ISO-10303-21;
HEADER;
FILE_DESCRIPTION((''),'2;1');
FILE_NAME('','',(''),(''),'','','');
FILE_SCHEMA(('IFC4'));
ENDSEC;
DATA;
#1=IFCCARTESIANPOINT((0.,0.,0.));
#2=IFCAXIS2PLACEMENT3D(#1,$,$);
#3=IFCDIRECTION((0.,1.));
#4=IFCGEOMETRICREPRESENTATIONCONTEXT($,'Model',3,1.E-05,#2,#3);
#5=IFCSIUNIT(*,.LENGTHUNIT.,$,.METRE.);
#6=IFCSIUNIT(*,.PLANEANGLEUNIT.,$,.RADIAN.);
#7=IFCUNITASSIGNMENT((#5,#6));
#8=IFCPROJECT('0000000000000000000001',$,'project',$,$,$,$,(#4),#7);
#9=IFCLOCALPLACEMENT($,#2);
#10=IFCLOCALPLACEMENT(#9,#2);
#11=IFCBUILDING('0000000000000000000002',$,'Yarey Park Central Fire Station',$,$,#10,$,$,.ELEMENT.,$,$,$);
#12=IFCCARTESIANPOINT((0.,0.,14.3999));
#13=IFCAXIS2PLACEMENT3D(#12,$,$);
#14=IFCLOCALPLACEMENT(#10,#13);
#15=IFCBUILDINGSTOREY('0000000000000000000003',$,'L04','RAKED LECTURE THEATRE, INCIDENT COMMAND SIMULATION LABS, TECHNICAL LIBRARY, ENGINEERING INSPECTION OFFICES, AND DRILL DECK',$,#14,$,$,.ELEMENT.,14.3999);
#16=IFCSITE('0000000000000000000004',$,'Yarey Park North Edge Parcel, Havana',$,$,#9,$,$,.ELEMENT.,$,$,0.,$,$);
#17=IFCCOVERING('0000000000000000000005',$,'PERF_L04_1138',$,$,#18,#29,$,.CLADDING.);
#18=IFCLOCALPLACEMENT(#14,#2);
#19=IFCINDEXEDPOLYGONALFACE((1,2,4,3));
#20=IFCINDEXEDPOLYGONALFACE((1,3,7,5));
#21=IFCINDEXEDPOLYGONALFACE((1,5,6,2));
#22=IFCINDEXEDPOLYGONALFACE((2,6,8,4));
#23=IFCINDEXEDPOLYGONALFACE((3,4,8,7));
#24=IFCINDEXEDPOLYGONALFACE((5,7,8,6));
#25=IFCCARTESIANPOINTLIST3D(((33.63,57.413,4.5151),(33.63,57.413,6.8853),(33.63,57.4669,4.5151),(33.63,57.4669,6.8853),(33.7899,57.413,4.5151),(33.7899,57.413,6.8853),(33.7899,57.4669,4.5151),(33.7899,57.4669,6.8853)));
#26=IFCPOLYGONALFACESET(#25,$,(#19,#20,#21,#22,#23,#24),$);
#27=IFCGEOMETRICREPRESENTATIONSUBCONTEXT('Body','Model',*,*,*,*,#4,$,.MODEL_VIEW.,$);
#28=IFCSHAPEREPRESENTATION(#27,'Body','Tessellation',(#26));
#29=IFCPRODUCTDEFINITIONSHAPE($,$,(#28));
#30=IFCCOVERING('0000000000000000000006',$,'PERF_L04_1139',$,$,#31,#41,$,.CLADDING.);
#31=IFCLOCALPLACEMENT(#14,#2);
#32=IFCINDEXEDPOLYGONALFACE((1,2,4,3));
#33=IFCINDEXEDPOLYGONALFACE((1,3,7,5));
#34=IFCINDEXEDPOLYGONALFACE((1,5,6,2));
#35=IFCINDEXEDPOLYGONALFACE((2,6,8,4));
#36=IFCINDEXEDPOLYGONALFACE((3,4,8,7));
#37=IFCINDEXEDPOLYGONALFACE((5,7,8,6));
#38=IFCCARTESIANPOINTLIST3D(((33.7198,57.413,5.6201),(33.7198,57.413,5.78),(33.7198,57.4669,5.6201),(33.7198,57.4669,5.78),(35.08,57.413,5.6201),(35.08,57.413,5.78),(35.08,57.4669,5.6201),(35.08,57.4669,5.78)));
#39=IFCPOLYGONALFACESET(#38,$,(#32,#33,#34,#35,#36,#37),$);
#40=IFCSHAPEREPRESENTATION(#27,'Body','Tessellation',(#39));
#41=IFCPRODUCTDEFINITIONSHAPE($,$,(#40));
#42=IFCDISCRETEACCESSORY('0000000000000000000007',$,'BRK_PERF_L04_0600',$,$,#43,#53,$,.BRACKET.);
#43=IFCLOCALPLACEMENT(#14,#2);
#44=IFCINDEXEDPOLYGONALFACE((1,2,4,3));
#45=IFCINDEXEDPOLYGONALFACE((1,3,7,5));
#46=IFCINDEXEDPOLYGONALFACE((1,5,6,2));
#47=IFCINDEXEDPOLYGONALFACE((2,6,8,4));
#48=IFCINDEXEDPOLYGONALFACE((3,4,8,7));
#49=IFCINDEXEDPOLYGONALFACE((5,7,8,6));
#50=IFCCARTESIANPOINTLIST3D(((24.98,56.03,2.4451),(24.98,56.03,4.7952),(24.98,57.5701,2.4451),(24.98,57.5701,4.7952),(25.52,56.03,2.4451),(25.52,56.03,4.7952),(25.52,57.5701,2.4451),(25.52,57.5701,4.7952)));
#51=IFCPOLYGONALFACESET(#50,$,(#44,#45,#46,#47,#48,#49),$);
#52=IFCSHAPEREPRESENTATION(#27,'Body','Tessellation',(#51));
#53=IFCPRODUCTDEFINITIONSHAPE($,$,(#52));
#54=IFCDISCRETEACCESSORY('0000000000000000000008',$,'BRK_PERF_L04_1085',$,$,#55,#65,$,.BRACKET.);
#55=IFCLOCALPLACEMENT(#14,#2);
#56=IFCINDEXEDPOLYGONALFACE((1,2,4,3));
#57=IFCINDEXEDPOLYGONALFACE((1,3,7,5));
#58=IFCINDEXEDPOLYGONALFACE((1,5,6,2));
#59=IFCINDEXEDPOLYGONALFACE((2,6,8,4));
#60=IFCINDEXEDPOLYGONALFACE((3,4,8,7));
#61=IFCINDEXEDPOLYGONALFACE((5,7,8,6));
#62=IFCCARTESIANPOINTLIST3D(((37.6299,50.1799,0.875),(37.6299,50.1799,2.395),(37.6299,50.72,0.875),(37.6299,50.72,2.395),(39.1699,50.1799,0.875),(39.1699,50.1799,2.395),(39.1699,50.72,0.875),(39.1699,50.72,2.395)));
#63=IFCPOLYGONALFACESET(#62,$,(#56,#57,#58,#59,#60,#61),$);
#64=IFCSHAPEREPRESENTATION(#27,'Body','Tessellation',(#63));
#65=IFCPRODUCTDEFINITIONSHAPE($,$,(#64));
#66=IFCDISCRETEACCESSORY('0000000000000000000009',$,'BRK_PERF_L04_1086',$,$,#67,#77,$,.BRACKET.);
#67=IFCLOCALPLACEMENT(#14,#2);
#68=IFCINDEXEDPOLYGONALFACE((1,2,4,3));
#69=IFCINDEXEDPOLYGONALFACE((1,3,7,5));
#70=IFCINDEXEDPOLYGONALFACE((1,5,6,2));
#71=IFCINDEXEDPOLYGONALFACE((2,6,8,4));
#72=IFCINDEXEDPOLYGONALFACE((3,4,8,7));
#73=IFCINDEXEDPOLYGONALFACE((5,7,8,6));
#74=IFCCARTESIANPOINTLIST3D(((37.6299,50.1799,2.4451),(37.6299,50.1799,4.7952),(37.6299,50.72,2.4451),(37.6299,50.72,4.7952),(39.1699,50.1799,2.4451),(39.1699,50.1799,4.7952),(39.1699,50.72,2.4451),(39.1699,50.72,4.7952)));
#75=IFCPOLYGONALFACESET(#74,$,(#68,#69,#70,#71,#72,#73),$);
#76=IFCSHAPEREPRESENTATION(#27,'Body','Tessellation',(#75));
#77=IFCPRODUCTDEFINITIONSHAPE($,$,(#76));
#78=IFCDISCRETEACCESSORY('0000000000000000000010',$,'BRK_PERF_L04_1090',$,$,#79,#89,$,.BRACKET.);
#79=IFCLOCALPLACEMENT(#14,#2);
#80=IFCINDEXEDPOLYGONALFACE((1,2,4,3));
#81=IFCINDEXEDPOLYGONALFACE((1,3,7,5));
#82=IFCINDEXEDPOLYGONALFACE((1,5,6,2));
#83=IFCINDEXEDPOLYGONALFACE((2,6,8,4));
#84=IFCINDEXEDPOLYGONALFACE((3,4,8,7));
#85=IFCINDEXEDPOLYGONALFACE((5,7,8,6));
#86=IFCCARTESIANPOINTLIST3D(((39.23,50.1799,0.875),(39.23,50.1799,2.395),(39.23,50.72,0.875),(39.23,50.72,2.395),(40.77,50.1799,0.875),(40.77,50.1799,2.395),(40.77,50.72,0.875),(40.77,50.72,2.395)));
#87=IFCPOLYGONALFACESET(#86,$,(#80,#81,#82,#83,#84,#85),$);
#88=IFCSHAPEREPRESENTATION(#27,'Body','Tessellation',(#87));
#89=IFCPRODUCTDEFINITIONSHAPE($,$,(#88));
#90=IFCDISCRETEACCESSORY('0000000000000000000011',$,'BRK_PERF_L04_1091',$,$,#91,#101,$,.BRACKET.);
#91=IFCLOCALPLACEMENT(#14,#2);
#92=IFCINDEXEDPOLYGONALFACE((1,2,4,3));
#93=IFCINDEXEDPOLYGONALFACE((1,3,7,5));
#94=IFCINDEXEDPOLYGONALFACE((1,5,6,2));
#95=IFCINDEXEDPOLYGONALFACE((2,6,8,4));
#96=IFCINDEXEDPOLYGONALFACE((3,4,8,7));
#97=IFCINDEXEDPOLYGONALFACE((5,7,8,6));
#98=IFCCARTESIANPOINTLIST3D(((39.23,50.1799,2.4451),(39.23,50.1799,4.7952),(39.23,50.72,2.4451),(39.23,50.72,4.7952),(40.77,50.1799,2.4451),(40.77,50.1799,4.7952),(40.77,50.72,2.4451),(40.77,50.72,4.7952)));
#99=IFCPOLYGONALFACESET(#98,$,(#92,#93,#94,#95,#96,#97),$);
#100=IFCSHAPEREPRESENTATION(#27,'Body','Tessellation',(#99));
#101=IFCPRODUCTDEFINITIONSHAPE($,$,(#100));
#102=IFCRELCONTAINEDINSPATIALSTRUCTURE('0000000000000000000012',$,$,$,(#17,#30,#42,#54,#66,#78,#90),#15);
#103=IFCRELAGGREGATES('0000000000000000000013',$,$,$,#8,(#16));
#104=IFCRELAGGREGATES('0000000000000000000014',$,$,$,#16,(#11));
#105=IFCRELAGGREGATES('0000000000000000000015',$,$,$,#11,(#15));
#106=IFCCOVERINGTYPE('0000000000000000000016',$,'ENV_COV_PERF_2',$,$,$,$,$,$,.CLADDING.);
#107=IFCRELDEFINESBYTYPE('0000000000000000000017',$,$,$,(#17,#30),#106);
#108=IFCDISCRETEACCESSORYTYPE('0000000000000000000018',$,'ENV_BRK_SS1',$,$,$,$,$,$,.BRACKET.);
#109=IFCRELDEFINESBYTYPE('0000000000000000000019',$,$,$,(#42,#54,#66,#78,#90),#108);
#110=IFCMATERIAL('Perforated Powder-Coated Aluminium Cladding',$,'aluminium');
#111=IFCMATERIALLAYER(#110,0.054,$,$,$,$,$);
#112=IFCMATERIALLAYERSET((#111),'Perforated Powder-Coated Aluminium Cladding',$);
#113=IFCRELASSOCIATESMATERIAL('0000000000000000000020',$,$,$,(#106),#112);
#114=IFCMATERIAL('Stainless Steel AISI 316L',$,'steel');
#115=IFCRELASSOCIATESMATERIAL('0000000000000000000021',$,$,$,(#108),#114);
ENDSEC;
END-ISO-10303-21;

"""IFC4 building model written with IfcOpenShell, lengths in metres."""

from ifc_helpers import new_model, si_unit, direction, frame, origin, origin_2d, place, context, subcontext, project, spatial, rectangle, extrude, material, layer, layer_set, type_object, element, save


model = new_model("IFC4")

# Units and contexts
model_context = context("Model", 3, precision=1e-05, world=origin(), true_north=direction((0.0, 1.0)))
body_context = subcontext(model_context, "Body", "Model", "MODEL_VIEW")
ifc_project = project(units=[si_unit("LENGTHUNIT", "METRE"), si_unit("PLANEANGLEUNIT", "RADIAN")], contexts=[model_context])

# Site, building, storey
site_placement = place(None, origin())
site = spatial("IfcSite", under=ifc_project, at=site_placement, Name="Yarey Park North Edge Parcel, Havana", CompositionType="ELEMENT", RefElevation=0.0)
building_placement = place(site_placement, origin())
building = spatial("IfcBuilding", under=site, at=building_placement, Name="Yarey Park Central Fire Station", CompositionType="ELEMENT")
storey_placement = place(building_placement, frame((0.0, 0.0, 14.3999)))
storey = spatial("IfcBuildingStorey", under=building, at=storey_placement, Name="L04", Description="RAKED LECTURE THEATRE, INCIDENT COMMAND SIMULATION LABS, TECHNICAL LIBRARY, ENGINEERING INSPECTION OFFICES, AND DRILL DECK", CompositionType="ELEMENT", Elevation=14.3999)

# Coverings
ifc_material_1 = material(Name="Perforated Powder-Coated Aluminium Cladding", Category="aluminium")
ifc_layer_1 = layer(ifc_material_1, 0.054)
ifc_layer_set_1 = layer_set([ifc_layer_1], Name="Perforated Powder-Coated Aluminium Cladding")
covering_type_1 = type_object("IfcCoveringType", Name="ENV_COV_PERF_2", PredefinedType="CLADDING", material=ifc_layer_set_1)
covering_1_placement = place(storey_placement, frame((33.71, 57.4399, 4.5151), z_axis=(0.0, 0.0, 1.0), x_axis=(1.0, 0.0, 0.0)))
element("IfcCovering", 1, at=covering_1_placement, inside=storey, type_object=covering_type_1, Name="PERF_L04_1138", PredefinedType="CLADDING", context=body_context, shape_type="SweptSolid", body=[
    extrude(rectangle(XDim=0.1599, YDim=0.054, at=origin_2d()), origin(), (0.0, 0.0, 1.0), 2.3701),
])
covering_2_placement = place(storey_placement, frame((34.3999, 57.4399, 5.6201), z_axis=(0.0, 0.0, 1.0), x_axis=(1.0, 0.0, 0.0)))
element("IfcCovering", 2, at=covering_2_placement, inside=storey, type_object=covering_type_1, Name="PERF_L04_1139", PredefinedType="CLADDING", context=body_context, shape_type="SweptSolid", body=[
    extrude(rectangle(XDim=1.3601, YDim=0.054, at=origin_2d()), origin(), (0.0, 0.0, 1.0), 0.1599),
])

# Discrete accessories
ifc_material_2 = material(Name="Stainless Steel AISI 316L", Category="steel")
discrete_accessory_type = type_object("IfcDiscreteAccessoryType", Name="ENV_BRK_SS1", PredefinedType="BRACKET", material=ifc_material_2)
discrete_accessory_1_placement = place(storey_placement, frame((25.25, 56.8, 2.4451), z_axis=(0.0, 0.0, 1.0), x_axis=(1.0, 0.0, 0.0)))
element("IfcDiscreteAccessory", 3, at=discrete_accessory_1_placement, inside=storey, type_object=discrete_accessory_type, Name="BRK_PERF_L04_0600", PredefinedType="BRACKET", context=body_context, shape_type="SweptSolid", body=[
    extrude(rectangle(XDim=0.54, YDim=1.54, at=origin_2d()), origin(), (0.0, 0.0, 1.0), 2.3501),
])
discrete_accessory_2_placement = place(storey_placement, frame((38.3999, 50.45, 0.875), z_axis=(0.0, 0.0, 1.0), x_axis=(1.0, 0.0, 0.0)))
element("IfcDiscreteAccessory", 4, at=discrete_accessory_2_placement, inside=storey, type_object=discrete_accessory_type, Name="BRK_PERF_L04_1085", PredefinedType="BRACKET", context=body_context, shape_type="SweptSolid", body=[
    extrude(rectangle(XDim=1.54, YDim=0.54, at=origin_2d()), origin(), (0.0, 0.0, 1.0), 1.52),
])
discrete_accessory_3_placement = place(storey_placement, frame((38.3999, 50.45, 2.4451), z_axis=(0.0, 0.0, 1.0), x_axis=(1.0, 0.0, 0.0)))
element("IfcDiscreteAccessory", 5, at=discrete_accessory_3_placement, inside=storey, type_object=discrete_accessory_type, Name="BRK_PERF_L04_1086", PredefinedType="BRACKET", context=body_context, shape_type="SweptSolid", body=[
    extrude(rectangle(XDim=1.54, YDim=0.54, at=origin_2d()), origin(), (0.0, 0.0, 1.0), 2.3501),
])
discrete_accessory_4_placement = place(storey_placement, frame((40.0, 50.45, 0.875), z_axis=(0.0, 0.0, 1.0), x_axis=(1.0, 0.0, 0.0)))
element("IfcDiscreteAccessory", 6, at=discrete_accessory_4_placement, inside=storey, type_object=discrete_accessory_type, Name="BRK_PERF_L04_1090", PredefinedType="BRACKET", context=body_context, shape_type="SweptSolid", body=[
    extrude(rectangle(XDim=1.54, YDim=0.54, at=origin_2d()), origin(), (0.0, 0.0, 1.0), 1.52),
])
discrete_accessory_5_placement = place(storey_placement, frame((40.0, 50.45, 2.4451), z_axis=(0.0, 0.0, 1.0), x_axis=(1.0, 0.0, 0.0)))
element("IfcDiscreteAccessory", 7, at=discrete_accessory_5_placement, inside=storey, type_object=discrete_accessory_type, Name="BRK_PERF_L04_1091", PredefinedType="BRACKET", context=body_context, shape_type="SweptSolid", body=[
    extrude(rectangle(XDim=1.54, YDim=0.54, at=origin_2d()), origin(), (0.0, 0.0, 1.0), 2.3501),
])

save(model, "model.ifc")
